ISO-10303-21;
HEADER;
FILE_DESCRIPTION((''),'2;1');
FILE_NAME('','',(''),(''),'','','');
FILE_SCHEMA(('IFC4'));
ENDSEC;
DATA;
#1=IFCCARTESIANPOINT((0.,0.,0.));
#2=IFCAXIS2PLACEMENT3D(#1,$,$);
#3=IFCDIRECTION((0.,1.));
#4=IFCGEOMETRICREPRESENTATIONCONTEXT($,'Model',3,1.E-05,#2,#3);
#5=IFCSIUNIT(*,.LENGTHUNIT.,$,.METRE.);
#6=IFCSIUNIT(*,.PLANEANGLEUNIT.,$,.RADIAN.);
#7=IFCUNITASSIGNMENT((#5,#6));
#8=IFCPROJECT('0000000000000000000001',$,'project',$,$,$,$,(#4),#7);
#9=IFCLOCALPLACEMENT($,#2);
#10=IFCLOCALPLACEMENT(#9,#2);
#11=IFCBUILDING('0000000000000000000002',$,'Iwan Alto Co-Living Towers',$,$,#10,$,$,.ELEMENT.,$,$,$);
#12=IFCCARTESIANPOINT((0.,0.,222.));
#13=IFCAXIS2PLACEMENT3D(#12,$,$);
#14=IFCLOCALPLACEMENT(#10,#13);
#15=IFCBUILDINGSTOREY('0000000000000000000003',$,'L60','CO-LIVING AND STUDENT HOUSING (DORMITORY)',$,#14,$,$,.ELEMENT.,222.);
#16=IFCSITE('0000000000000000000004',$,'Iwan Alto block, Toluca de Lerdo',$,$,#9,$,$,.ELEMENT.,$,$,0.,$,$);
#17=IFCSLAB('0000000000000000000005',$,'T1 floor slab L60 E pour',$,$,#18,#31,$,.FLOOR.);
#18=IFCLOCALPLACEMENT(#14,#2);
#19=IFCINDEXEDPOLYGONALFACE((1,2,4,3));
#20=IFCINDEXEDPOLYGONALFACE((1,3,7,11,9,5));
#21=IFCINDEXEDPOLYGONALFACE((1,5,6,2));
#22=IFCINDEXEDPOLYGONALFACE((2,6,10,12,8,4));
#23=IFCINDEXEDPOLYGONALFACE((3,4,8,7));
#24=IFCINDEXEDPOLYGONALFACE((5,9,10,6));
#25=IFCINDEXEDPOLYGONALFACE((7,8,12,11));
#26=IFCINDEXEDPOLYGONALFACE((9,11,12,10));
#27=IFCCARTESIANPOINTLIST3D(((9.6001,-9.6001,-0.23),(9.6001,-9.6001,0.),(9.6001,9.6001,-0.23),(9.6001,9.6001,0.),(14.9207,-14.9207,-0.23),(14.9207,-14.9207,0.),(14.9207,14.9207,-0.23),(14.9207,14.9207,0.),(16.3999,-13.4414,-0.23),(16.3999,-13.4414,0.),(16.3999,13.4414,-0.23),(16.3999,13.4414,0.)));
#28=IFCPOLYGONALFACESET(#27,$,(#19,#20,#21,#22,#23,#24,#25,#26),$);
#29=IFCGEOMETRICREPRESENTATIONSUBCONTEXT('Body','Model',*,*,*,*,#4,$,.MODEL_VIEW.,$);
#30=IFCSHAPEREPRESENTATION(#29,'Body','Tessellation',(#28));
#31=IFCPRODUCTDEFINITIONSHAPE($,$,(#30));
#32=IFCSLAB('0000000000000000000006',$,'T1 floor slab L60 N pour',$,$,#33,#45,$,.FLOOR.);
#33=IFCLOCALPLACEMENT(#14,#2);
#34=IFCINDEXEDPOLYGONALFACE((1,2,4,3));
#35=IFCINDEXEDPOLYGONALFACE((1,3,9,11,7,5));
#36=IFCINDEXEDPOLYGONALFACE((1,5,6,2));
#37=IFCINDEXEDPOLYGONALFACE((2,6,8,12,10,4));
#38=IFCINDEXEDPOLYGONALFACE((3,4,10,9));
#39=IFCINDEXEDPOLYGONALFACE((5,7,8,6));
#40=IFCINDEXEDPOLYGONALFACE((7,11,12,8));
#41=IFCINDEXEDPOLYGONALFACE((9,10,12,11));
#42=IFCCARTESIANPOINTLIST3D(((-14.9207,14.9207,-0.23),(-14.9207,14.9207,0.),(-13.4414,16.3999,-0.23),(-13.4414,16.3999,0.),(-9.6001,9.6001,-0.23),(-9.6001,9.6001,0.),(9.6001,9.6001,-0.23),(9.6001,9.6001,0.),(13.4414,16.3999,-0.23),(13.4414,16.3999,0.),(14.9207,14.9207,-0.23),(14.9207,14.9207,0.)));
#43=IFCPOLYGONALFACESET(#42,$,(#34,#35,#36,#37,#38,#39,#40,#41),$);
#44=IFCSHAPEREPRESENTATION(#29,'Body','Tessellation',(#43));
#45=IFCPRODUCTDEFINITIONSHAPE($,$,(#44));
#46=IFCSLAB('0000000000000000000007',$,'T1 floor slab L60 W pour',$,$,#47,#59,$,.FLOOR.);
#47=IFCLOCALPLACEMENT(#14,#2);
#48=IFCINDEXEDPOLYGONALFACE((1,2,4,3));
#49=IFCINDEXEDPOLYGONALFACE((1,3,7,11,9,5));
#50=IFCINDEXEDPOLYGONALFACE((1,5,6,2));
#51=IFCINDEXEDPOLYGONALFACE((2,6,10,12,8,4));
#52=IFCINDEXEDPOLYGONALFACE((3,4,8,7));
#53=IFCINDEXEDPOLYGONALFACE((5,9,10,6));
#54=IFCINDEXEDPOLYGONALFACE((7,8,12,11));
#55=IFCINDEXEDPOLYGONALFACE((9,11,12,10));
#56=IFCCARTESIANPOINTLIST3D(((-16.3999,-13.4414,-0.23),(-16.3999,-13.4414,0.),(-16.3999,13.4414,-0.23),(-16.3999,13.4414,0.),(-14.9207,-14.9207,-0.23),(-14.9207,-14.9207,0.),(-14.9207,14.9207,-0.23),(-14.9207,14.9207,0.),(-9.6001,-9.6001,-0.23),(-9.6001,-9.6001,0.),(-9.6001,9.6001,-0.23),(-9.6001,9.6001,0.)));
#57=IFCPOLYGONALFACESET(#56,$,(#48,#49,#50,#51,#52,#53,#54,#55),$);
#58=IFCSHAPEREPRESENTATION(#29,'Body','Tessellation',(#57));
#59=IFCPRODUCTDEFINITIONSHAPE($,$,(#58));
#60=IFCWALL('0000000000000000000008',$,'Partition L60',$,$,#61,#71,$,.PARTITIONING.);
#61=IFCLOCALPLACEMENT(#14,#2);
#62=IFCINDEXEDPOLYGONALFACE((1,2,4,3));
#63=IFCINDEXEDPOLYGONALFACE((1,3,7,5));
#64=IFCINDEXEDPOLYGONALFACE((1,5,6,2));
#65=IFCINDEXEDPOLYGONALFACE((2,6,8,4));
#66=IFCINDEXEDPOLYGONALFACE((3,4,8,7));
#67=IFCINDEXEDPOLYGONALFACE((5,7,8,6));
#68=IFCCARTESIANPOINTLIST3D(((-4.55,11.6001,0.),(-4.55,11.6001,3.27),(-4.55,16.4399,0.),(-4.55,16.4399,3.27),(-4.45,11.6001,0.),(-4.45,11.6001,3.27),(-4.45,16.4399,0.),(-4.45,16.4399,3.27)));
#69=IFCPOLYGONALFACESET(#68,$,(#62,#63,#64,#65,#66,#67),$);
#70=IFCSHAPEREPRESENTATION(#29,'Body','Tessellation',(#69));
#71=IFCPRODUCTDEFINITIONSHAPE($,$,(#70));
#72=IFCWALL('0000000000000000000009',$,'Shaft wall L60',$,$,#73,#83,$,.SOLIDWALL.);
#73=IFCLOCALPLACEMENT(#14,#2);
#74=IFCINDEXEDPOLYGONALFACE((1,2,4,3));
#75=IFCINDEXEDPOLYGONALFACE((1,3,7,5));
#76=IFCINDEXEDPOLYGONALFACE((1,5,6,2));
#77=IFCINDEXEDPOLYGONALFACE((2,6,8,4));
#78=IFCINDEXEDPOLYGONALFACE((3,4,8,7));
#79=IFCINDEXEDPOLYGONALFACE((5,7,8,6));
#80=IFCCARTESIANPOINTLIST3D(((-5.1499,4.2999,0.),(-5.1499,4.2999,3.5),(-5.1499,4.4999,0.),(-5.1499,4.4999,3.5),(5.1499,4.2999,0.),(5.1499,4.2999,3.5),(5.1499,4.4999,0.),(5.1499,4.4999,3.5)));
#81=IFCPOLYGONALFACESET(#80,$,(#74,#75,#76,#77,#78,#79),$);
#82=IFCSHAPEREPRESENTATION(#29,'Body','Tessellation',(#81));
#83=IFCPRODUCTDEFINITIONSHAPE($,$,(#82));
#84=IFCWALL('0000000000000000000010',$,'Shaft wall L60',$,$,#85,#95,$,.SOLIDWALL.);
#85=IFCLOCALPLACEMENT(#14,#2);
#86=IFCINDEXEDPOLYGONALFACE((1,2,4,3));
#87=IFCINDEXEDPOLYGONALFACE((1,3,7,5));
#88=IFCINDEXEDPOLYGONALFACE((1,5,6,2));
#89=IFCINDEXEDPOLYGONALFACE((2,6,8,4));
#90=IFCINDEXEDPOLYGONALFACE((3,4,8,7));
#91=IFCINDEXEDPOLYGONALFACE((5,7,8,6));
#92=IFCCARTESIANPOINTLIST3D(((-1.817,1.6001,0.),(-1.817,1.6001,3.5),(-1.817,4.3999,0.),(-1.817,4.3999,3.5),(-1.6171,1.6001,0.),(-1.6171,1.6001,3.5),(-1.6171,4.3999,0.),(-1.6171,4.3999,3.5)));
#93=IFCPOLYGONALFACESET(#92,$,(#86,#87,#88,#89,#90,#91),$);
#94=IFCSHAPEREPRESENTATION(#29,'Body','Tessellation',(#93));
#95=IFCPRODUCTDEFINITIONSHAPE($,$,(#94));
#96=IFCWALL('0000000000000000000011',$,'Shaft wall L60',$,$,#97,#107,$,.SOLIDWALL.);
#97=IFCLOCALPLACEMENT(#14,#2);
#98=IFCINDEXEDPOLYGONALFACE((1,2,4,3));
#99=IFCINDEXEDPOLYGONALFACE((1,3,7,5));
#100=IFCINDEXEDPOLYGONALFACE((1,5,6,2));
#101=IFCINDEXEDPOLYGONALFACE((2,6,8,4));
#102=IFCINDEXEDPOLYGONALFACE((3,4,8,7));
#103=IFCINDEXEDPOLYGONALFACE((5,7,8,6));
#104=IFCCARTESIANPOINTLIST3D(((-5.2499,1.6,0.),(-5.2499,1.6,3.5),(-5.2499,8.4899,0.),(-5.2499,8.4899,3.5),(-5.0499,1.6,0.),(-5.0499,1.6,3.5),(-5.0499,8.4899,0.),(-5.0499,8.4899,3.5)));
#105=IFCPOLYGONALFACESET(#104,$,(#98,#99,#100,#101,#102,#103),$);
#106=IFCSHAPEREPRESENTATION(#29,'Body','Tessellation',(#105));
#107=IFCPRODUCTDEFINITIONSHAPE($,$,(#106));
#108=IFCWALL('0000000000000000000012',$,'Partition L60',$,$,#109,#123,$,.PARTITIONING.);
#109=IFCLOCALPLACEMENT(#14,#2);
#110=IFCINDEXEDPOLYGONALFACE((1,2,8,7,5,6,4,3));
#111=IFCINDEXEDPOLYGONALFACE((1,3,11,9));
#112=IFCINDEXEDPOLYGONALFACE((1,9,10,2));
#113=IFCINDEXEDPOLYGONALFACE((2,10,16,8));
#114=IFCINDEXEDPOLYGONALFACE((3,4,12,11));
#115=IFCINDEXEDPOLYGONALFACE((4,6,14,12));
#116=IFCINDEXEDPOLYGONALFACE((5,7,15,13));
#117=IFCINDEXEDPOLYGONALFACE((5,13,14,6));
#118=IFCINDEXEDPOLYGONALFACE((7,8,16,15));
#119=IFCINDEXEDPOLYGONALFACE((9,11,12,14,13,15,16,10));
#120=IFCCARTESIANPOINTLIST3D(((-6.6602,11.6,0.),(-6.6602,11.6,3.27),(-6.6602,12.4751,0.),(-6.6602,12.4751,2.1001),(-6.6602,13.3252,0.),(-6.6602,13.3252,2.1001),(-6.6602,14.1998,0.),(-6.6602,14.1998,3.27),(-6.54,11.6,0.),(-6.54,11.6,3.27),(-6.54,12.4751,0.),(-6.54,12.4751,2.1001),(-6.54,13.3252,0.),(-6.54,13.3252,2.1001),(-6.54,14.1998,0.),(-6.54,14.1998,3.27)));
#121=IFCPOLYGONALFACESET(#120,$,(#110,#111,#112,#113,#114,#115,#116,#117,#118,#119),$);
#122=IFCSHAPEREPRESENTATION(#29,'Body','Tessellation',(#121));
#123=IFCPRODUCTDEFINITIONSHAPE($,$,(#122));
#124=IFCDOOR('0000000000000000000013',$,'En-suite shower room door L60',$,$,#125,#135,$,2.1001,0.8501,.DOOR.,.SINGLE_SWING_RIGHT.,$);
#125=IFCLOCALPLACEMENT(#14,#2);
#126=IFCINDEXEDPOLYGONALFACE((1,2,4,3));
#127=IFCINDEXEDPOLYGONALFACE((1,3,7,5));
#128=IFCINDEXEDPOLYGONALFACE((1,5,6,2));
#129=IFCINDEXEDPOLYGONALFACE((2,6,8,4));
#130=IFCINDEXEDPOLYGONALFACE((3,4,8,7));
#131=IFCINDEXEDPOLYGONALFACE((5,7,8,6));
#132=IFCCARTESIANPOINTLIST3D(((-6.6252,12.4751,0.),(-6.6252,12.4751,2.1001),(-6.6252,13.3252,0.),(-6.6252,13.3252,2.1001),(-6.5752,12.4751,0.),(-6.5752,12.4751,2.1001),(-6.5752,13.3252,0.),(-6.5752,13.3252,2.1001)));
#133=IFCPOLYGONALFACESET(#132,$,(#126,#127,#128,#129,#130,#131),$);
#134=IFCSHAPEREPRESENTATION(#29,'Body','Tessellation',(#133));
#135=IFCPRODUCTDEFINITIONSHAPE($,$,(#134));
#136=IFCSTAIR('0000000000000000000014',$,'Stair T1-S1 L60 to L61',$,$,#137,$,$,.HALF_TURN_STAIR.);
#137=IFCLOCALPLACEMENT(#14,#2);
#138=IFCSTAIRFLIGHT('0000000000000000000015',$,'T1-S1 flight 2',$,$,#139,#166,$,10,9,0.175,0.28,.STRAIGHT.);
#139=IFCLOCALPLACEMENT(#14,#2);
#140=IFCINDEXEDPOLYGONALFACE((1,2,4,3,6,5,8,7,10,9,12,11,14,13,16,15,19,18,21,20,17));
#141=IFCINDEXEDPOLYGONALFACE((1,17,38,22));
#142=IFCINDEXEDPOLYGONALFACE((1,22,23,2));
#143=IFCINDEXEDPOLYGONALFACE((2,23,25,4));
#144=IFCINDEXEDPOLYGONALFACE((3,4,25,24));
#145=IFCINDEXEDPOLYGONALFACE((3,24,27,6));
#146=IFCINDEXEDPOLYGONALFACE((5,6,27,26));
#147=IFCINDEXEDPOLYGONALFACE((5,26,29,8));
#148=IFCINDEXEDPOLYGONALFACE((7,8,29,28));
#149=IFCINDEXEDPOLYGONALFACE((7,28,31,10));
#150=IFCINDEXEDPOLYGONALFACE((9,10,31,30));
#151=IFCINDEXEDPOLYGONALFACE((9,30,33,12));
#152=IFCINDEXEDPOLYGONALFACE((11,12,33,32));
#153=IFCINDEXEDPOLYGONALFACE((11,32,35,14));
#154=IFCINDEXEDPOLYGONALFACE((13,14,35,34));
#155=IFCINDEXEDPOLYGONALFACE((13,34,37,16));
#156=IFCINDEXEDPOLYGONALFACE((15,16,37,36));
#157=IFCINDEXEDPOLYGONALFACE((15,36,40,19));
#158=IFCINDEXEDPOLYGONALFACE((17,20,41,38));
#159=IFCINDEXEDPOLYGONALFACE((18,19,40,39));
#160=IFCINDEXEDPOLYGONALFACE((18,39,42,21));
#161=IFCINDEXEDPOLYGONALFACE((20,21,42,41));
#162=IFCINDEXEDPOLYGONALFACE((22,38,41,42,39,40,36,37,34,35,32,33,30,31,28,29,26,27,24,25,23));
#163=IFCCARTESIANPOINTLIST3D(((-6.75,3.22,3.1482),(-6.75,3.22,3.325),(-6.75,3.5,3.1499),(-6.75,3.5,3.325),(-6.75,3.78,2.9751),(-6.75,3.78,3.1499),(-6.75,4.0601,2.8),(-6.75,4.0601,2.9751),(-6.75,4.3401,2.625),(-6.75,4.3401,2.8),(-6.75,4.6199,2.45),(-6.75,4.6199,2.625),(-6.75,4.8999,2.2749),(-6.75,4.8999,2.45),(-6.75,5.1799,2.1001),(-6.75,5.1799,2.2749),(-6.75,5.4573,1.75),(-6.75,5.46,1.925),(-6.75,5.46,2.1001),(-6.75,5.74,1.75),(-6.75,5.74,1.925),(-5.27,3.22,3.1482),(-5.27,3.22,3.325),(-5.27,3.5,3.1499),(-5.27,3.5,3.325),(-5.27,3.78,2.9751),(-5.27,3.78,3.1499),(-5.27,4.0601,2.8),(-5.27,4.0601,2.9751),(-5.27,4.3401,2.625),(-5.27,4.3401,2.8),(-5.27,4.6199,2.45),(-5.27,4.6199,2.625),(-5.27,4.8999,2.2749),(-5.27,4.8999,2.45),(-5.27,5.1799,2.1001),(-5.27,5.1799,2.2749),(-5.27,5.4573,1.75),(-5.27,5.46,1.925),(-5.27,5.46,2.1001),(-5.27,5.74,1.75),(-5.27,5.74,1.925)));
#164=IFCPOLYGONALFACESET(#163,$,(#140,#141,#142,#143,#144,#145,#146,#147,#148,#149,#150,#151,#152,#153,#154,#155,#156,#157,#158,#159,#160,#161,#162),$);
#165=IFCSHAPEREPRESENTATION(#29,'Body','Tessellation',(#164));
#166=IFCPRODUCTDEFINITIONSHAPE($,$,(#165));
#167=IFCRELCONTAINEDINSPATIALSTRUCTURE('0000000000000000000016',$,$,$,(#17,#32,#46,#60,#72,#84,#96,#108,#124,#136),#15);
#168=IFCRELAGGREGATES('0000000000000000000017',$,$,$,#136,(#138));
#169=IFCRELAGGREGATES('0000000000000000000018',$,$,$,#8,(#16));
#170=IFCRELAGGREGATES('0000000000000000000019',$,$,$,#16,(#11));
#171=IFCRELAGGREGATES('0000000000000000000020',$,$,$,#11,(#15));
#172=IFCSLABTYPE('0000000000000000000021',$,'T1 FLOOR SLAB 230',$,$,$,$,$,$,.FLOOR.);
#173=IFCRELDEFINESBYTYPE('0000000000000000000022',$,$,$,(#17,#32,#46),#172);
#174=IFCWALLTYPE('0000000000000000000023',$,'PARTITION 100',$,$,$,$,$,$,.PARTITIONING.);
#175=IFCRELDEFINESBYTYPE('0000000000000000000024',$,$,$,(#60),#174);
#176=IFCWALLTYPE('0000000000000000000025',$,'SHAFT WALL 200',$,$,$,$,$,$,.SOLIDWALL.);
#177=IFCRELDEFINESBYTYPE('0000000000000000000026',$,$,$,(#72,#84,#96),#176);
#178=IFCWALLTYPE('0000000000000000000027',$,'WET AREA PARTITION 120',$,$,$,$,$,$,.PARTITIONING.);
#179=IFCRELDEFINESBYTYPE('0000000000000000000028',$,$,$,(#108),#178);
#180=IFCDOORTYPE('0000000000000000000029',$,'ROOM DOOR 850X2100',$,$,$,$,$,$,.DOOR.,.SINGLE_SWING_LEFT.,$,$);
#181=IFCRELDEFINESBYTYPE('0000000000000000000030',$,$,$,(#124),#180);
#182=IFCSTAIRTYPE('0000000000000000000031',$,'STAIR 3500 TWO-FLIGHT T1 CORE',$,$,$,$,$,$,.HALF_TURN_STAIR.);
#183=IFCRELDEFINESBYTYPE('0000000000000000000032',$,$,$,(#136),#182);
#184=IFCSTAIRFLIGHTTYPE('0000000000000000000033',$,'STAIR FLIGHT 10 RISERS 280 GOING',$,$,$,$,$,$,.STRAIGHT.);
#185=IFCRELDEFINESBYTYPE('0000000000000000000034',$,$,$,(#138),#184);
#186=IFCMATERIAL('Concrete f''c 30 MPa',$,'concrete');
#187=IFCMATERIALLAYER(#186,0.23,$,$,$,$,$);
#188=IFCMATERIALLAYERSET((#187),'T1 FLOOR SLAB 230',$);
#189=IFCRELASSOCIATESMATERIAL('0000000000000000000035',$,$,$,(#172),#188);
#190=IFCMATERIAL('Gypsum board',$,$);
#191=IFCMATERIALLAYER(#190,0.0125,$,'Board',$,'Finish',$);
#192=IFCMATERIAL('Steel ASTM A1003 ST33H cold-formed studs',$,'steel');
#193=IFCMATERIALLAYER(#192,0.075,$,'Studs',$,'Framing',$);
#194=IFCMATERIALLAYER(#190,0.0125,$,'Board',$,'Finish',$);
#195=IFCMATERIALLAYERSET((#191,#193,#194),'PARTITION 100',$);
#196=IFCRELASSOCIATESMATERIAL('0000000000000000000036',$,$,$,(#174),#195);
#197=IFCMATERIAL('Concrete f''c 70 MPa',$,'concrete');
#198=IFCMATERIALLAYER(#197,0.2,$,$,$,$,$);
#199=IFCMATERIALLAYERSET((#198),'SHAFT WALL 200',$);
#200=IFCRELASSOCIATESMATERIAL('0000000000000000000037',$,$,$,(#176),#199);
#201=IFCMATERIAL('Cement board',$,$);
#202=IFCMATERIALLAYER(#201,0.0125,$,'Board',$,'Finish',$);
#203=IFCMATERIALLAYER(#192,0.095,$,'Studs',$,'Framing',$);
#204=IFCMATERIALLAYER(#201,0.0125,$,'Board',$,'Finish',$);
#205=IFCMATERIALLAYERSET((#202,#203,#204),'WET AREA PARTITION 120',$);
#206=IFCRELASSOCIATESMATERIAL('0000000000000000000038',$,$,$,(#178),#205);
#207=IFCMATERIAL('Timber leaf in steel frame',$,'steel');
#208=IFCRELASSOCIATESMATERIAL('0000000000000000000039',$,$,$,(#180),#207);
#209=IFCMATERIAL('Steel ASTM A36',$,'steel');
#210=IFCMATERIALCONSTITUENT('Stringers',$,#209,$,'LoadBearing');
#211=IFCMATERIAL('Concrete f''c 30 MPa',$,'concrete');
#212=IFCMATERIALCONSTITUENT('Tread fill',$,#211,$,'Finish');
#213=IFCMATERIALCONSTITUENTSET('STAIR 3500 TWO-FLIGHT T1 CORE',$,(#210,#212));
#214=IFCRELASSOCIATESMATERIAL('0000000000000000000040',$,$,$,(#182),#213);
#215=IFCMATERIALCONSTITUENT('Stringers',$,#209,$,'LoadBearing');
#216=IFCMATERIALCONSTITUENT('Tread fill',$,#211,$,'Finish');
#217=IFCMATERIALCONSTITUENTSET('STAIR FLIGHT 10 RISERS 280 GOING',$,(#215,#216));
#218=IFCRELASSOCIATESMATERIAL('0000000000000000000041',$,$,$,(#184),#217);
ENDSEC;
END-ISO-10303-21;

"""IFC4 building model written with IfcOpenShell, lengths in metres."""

from ifc_helpers import new_model, si_unit, direction, frame, frame_2d, origin, place, context, subcontext, project, spatial, polyline, rectangle, outline, extrude, material, layer, layer_set, constituent, constituent_set, type_object, element, fill, aggregate, save


model = new_model("IFC4")

# Units and contexts
model_context = context("Model", 3, precision=1e-05, world=origin(), true_north=direction((0.0, 1.0)))
body_context = subcontext(model_context, "Body", "Model", "MODEL_VIEW")
ifc_project = project(units=[si_unit("LENGTHUNIT", "METRE"), si_unit("PLANEANGLEUNIT", "RADIAN")], contexts=[model_context])

# Site, building, storey
site_placement = place(None, origin())
site = spatial("IfcSite", under=ifc_project, at=site_placement, Name="Iwan Alto block, Toluca de Lerdo", CompositionType="ELEMENT", RefElevation=0.0)
building_placement = place(site_placement, origin())
building = spatial("IfcBuilding", under=site, at=building_placement, Name="Iwan Alto Co-Living Towers", CompositionType="ELEMENT")
storey_placement = place(building_placement, frame((0.0, 0.0, 222.0)))
storey = spatial("IfcBuildingStorey", under=building, at=storey_placement, Name="L60", Description="CO-LIVING AND STUDENT HOUSING (DORMITORY)", CompositionType="ELEMENT", Elevation=222.0)

# Slabs
ifc_material_1 = material(Name="Concrete f'c 30 MPa", Category="concrete")
ifc_layer_1 = layer(ifc_material_1, 0.23)
ifc_layer_set_1 = layer_set([ifc_layer_1], Name="T1 FLOOR SLAB 230")
slab_type = type_object("IfcSlabType", Name="T1 FLOOR SLAB 230", PredefinedType="FLOOR", material=ifc_layer_set_1)
slab_1_placement = place(storey_placement, frame((0.0, 0.0, -0.23)))
element("IfcSlab", 1, at=slab_1_placement, inside=storey, type_object=slab_type, Name="T1 floor slab L60 E pour", PredefinedType="FLOOR", context=body_context, shape_type="SweptSolid", body=[
    extrude(outline(polyline([(16.3999, 13.4414), (16.3999, -13.4414), (14.9207, -14.9207), (9.6001, -9.6001), (9.6001, 9.6001), (14.9207, 14.9207), (16.3999, 13.4414)])), origin(), (0.0, 0.0, 1.0), 0.23),
])
slab_2_placement = place(storey_placement, frame((0.0, 0.0, -0.23)))
element("IfcSlab", 2, at=slab_2_placement, inside=storey, type_object=slab_type, Name="T1 floor slab L60 N pour", PredefinedType="FLOOR", context=body_context, shape_type="SweptSolid", body=[
    extrude(outline(polyline([(-13.4414, 16.3999), (13.4414, 16.3999), (14.9207, 14.9207), (9.6001, 9.6001), (-9.6001, 9.6001), (-14.9207, 14.9207), (-13.4414, 16.3999)])), origin(), (0.0, 0.0, 1.0), 0.23),
])
slab_3_placement = place(storey_placement, frame((0.0, 0.0, -0.23)))
element("IfcSlab", 3, at=slab_3_placement, inside=storey, type_object=slab_type, Name="T1 floor slab L60 W pour", PredefinedType="FLOOR", context=body_context, shape_type="SweptSolid", body=[
    extrude(outline(polyline([(-16.3999, 13.4414), (-14.9207, 14.9207), (-9.6001, 9.6001), (-9.6001, -9.6001), (-14.9207, -14.9207), (-16.3999, -13.4414), (-16.3999, 13.4414)])), origin(), (0.0, 0.0, 1.0), 0.23),
])

# Walls
ifc_material_2 = material(Name="Gypsum board")
ifc_layer_2 = layer(ifc_material_2, 0.0125, Name="Board", Category="Finish")
ifc_material_3 = material(Name="Steel ASTM A1003 ST33H cold-formed studs", Category="steel")
ifc_layer_3 = layer(ifc_material_3, 0.075, Name="Studs", Category="Framing")
ifc_layer_4 = layer(ifc_material_2, 0.0125, Name="Board", Category="Finish")
ifc_layer_set_2 = layer_set([ifc_layer_2, ifc_layer_3, ifc_layer_4], Name="PARTITION 100")
wall_type_1 = type_object("IfcWallType", Name="PARTITION 100", PredefinedType="PARTITIONING", material=ifc_layer_set_2)
wall_1_placement = place(storey_placement, frame((-4.5, 11.6001, 0.0), z_axis=(0.0, 0.0, 1.0), x_axis=(0.0, 1.0, 0.0)))
element("IfcWall", 4, at=wall_1_placement, inside=storey, type_object=wall_type_1, Name="Partition L60", PredefinedType="PARTITIONING", context=body_context, shape_type="SweptSolid", body=[
    extrude(rectangle(XDim=4.8398, YDim=0.1001, at=frame_2d((2.4199, 0.0))), origin(), (0.0, 0.0, 1.0), 3.27),
])
ifc_material_4 = material(Name="Concrete f'c 70 MPa", Category="concrete")
ifc_layer_5 = layer(ifc_material_4, 0.2)
ifc_layer_set_3 = layer_set([ifc_layer_5], Name="SHAFT WALL 200")
wall_type_2 = type_object("IfcWallType", Name="SHAFT WALL 200", PredefinedType="SOLIDWALL", material=ifc_layer_set_3)
wall_2_placement = place(storey_placement, frame((-5.1499, 4.3999, 0.0), z_axis=(0.0, 0.0, 1.0), x_axis=(1.0, 0.0, 0.0)))
element("IfcWall", 5, at=wall_2_placement, inside=storey, type_object=wall_type_2, Name="Shaft wall L60", PredefinedType="SOLIDWALL", context=body_context, shape_type="SweptSolid", body=[
    extrude(rectangle(XDim=10.2998, YDim=0.2, at=frame_2d((5.1499, 0.0))), origin(), (0.0, 0.0, 1.0), 3.5),
])
wall_3_placement = place(storey_placement, frame((-1.717, 1.6001, 0.0), z_axis=(0.0, 0.0, 1.0), x_axis=(0.0, 1.0, 0.0)))
element("IfcWall", 6, at=wall_3_placement, inside=storey, type_object=wall_type_2, Name="Shaft wall L60", PredefinedType="SOLIDWALL", context=body_context, shape_type="SweptSolid", body=[
    extrude(rectangle(XDim=2.7998, YDim=0.2, at=frame_2d((1.3999, 0.0))), origin(), (0.0, 0.0, 1.0), 3.5),
])
wall_4_placement = place(storey_placement, frame((-5.1499, 1.6001, 0.0), z_axis=(0.0, 0.0, 1.0), x_axis=(0.0, 1.0, 0.0)))
element("IfcWall", 7, at=wall_4_placement, inside=storey, type_object=wall_type_2, Name="Shaft wall L60", PredefinedType="SOLIDWALL", context=body_context, shape_type="SweptSolid", body=[
    extrude(rectangle(XDim=6.8899, YDim=0.2, at=frame_2d((3.4448, 0.0))), origin(), (0.0, 0.0, 1.0), 3.5),
])

# Wall, opening, door
ifc_material_5 = material(Name="Cement board")
ifc_layer_6 = layer(ifc_material_5, 0.0125, Name="Board", Category="Finish")
ifc_layer_7 = layer(ifc_material_3, 0.095, Name="Studs", Category="Framing")
ifc_layer_8 = layer(ifc_material_5, 0.0125, Name="Board", Category="Finish")
ifc_layer_set_4 = layer_set([ifc_layer_6, ifc_layer_7, ifc_layer_8], Name="WET AREA PARTITION 120")
wall_type_3 = type_object("IfcWallType", Name="WET AREA PARTITION 120", PredefinedType="PARTITIONING", material=ifc_layer_set_4)
wall_5_placement = place(storey_placement, frame((-6.6001, 11.6001, 0.0), z_axis=(0.0, 0.0, 1.0), x_axis=(0.0, 1.0, 0.0)))
wall_5 = element("IfcWall", 8, at=wall_5_placement, inside=storey, type_object=wall_type_3, Name="Partition L60", PredefinedType="PARTITIONING", context=body_context, shape_type="SweptSolid", body=[
    extrude(rectangle(XDim=2.5999, YDim=0.1201, at=frame_2d((1.2998, 0.0))), origin(), (0.0, 0.0, 1.0), 3.27),
])
opening_placement = place(wall_5_placement, frame((0.875, 0.0, 0.0)))
opening = element("IfcOpeningElement", 9, at=opening_placement, cuts=wall_5, PredefinedType="OPENING", context=body_context, shape_type="SweptSolid", body=[
    extrude(rectangle(XDim=0.8501, YDim=2.1001, at=frame_2d((0.425, 1.05))), frame((0.0, 0.0701, 0.0), z_axis=(0.0, -1.0, 0.0), x_axis=(1.0, 0.0, 0.0)), (0.0, 0.0, 1.0), 0.1401),
])
ifc_material_6 = material(Name="Timber leaf in steel frame", Category="steel")
door_type = type_object("IfcDoorType", Name="ROOM DOOR 850X2100", OperationType="SINGLE_SWING_LEFT", PredefinedType="DOOR", material=ifc_material_6)
door_placement = place(opening_placement, frame((0.8501, 0.0, 0.0), z_axis=(0.0, 0.0, 1.0), x_axis=(-1.0, 0.0, 0.0)))
door = element("IfcDoor", 10, at=door_placement, inside=storey, type_object=door_type, Name="En-suite shower room door L60", OperationType="SINGLE_SWING_RIGHT", OverallHeight=2.1001, OverallWidth=0.8501, PredefinedType="DOOR", context=body_context, shape_type="SweptSolid", body=[
    extrude(rectangle(XDim=0.8501, YDim=2.1001, at=frame_2d((0.425, 1.05))), frame((0.0, 0.0249, 0.0), z_axis=(0.0, -1.0, 0.0), x_axis=(1.0, 0.0, 0.0)), (0.0, 0.0, 1.0), 0.05),
])
fill(opening, door)

# Stair, stair flight
ifc_material_7 = material(Name="Steel ASTM A36", Category="steel")
ifc_constituent_1 = constituent(ifc_material_7, Name="Stringers", Category="LoadBearing")
ifc_material_8 = material(Name="Concrete f'c 30 MPa", Category="concrete")
ifc_constituent_2 = constituent(ifc_material_8, Name="Tread fill", Category="Finish")
ifc_constituent_set_1 = constituent_set(constituents=[ifc_constituent_1, ifc_constituent_2], Name="STAIR 3500 TWO-FLIGHT T1 CORE")
stair_type = type_object("IfcStairType", Name="STAIR 3500 TWO-FLIGHT T1 CORE", PredefinedType="HALF_TURN_STAIR", material=ifc_constituent_set_1)
stair_placement = place(storey_placement, origin())
stair = element("IfcStair", 11, at=stair_placement, inside=storey, type_object=stair_type, Name="Stair T1-S1 L60 to L61", PredefinedType="HALF_TURN_STAIR")
ifc_constituent_3 = constituent(ifc_material_7, Name="Stringers", Category="LoadBearing")
ifc_constituent_4 = constituent(ifc_material_8, Name="Tread fill", Category="Finish")
ifc_constituent_set_2 = constituent_set(constituents=[ifc_constituent_3, ifc_constituent_4], Name="STAIR FLIGHT 10 RISERS 280 GOING")
stair_flight_type = type_object("IfcStairFlightType", Name="STAIR FLIGHT 10 RISERS 280 GOING", PredefinedType="STRAIGHT", material=ifc_constituent_set_2)
stair_flight_placement = place(storey_placement, frame((-6.01, 5.74, 1.75), z_axis=(0.0, 0.0, 1.0), x_axis=(0.0, -1.0, 0.0)))
stair_flight = element("IfcStairFlight", 12, at=stair_flight_placement, type_object=stair_flight_type, Name="T1-S1 flight 2", NumberOfRisers=10, NumberOfTreads=9, PredefinedType="STRAIGHT", RiserHeight=0.175, TreadLength=0.28, context=body_context, shape_type="SweptSolid", body=[
    extrude(outline(polyline([(0.0, 0.0), (0.0, 0.175), (0.28, 0.175), (0.28, 0.3501), (0.5601, 0.3501), (0.5601, 0.5249), (0.8401, 0.5249), (0.8401, 0.7), (1.1201, 0.7), (1.1201, 0.875), (1.3999, 0.875), (1.3999, 1.05), (1.6799, 1.05), (1.6799, 1.2251), (1.96, 1.2251), (1.96, 1.3999), (2.24, 1.3999), (2.24, 1.575), (2.52, 1.575), (2.52, 1.75), (2.52, 1.3982), (0.2827, 0.0), (0.0, 0.0)])), frame((0.0, 0.74, 0.0), z_axis=(0.0, -1.0, 0.0), x_axis=(1.0, 0.0, 0.0)), (0.0, 0.0, 1.0), 1.48),
])
aggregate(stair, [stair_flight])

save(model, "model.ifc")
